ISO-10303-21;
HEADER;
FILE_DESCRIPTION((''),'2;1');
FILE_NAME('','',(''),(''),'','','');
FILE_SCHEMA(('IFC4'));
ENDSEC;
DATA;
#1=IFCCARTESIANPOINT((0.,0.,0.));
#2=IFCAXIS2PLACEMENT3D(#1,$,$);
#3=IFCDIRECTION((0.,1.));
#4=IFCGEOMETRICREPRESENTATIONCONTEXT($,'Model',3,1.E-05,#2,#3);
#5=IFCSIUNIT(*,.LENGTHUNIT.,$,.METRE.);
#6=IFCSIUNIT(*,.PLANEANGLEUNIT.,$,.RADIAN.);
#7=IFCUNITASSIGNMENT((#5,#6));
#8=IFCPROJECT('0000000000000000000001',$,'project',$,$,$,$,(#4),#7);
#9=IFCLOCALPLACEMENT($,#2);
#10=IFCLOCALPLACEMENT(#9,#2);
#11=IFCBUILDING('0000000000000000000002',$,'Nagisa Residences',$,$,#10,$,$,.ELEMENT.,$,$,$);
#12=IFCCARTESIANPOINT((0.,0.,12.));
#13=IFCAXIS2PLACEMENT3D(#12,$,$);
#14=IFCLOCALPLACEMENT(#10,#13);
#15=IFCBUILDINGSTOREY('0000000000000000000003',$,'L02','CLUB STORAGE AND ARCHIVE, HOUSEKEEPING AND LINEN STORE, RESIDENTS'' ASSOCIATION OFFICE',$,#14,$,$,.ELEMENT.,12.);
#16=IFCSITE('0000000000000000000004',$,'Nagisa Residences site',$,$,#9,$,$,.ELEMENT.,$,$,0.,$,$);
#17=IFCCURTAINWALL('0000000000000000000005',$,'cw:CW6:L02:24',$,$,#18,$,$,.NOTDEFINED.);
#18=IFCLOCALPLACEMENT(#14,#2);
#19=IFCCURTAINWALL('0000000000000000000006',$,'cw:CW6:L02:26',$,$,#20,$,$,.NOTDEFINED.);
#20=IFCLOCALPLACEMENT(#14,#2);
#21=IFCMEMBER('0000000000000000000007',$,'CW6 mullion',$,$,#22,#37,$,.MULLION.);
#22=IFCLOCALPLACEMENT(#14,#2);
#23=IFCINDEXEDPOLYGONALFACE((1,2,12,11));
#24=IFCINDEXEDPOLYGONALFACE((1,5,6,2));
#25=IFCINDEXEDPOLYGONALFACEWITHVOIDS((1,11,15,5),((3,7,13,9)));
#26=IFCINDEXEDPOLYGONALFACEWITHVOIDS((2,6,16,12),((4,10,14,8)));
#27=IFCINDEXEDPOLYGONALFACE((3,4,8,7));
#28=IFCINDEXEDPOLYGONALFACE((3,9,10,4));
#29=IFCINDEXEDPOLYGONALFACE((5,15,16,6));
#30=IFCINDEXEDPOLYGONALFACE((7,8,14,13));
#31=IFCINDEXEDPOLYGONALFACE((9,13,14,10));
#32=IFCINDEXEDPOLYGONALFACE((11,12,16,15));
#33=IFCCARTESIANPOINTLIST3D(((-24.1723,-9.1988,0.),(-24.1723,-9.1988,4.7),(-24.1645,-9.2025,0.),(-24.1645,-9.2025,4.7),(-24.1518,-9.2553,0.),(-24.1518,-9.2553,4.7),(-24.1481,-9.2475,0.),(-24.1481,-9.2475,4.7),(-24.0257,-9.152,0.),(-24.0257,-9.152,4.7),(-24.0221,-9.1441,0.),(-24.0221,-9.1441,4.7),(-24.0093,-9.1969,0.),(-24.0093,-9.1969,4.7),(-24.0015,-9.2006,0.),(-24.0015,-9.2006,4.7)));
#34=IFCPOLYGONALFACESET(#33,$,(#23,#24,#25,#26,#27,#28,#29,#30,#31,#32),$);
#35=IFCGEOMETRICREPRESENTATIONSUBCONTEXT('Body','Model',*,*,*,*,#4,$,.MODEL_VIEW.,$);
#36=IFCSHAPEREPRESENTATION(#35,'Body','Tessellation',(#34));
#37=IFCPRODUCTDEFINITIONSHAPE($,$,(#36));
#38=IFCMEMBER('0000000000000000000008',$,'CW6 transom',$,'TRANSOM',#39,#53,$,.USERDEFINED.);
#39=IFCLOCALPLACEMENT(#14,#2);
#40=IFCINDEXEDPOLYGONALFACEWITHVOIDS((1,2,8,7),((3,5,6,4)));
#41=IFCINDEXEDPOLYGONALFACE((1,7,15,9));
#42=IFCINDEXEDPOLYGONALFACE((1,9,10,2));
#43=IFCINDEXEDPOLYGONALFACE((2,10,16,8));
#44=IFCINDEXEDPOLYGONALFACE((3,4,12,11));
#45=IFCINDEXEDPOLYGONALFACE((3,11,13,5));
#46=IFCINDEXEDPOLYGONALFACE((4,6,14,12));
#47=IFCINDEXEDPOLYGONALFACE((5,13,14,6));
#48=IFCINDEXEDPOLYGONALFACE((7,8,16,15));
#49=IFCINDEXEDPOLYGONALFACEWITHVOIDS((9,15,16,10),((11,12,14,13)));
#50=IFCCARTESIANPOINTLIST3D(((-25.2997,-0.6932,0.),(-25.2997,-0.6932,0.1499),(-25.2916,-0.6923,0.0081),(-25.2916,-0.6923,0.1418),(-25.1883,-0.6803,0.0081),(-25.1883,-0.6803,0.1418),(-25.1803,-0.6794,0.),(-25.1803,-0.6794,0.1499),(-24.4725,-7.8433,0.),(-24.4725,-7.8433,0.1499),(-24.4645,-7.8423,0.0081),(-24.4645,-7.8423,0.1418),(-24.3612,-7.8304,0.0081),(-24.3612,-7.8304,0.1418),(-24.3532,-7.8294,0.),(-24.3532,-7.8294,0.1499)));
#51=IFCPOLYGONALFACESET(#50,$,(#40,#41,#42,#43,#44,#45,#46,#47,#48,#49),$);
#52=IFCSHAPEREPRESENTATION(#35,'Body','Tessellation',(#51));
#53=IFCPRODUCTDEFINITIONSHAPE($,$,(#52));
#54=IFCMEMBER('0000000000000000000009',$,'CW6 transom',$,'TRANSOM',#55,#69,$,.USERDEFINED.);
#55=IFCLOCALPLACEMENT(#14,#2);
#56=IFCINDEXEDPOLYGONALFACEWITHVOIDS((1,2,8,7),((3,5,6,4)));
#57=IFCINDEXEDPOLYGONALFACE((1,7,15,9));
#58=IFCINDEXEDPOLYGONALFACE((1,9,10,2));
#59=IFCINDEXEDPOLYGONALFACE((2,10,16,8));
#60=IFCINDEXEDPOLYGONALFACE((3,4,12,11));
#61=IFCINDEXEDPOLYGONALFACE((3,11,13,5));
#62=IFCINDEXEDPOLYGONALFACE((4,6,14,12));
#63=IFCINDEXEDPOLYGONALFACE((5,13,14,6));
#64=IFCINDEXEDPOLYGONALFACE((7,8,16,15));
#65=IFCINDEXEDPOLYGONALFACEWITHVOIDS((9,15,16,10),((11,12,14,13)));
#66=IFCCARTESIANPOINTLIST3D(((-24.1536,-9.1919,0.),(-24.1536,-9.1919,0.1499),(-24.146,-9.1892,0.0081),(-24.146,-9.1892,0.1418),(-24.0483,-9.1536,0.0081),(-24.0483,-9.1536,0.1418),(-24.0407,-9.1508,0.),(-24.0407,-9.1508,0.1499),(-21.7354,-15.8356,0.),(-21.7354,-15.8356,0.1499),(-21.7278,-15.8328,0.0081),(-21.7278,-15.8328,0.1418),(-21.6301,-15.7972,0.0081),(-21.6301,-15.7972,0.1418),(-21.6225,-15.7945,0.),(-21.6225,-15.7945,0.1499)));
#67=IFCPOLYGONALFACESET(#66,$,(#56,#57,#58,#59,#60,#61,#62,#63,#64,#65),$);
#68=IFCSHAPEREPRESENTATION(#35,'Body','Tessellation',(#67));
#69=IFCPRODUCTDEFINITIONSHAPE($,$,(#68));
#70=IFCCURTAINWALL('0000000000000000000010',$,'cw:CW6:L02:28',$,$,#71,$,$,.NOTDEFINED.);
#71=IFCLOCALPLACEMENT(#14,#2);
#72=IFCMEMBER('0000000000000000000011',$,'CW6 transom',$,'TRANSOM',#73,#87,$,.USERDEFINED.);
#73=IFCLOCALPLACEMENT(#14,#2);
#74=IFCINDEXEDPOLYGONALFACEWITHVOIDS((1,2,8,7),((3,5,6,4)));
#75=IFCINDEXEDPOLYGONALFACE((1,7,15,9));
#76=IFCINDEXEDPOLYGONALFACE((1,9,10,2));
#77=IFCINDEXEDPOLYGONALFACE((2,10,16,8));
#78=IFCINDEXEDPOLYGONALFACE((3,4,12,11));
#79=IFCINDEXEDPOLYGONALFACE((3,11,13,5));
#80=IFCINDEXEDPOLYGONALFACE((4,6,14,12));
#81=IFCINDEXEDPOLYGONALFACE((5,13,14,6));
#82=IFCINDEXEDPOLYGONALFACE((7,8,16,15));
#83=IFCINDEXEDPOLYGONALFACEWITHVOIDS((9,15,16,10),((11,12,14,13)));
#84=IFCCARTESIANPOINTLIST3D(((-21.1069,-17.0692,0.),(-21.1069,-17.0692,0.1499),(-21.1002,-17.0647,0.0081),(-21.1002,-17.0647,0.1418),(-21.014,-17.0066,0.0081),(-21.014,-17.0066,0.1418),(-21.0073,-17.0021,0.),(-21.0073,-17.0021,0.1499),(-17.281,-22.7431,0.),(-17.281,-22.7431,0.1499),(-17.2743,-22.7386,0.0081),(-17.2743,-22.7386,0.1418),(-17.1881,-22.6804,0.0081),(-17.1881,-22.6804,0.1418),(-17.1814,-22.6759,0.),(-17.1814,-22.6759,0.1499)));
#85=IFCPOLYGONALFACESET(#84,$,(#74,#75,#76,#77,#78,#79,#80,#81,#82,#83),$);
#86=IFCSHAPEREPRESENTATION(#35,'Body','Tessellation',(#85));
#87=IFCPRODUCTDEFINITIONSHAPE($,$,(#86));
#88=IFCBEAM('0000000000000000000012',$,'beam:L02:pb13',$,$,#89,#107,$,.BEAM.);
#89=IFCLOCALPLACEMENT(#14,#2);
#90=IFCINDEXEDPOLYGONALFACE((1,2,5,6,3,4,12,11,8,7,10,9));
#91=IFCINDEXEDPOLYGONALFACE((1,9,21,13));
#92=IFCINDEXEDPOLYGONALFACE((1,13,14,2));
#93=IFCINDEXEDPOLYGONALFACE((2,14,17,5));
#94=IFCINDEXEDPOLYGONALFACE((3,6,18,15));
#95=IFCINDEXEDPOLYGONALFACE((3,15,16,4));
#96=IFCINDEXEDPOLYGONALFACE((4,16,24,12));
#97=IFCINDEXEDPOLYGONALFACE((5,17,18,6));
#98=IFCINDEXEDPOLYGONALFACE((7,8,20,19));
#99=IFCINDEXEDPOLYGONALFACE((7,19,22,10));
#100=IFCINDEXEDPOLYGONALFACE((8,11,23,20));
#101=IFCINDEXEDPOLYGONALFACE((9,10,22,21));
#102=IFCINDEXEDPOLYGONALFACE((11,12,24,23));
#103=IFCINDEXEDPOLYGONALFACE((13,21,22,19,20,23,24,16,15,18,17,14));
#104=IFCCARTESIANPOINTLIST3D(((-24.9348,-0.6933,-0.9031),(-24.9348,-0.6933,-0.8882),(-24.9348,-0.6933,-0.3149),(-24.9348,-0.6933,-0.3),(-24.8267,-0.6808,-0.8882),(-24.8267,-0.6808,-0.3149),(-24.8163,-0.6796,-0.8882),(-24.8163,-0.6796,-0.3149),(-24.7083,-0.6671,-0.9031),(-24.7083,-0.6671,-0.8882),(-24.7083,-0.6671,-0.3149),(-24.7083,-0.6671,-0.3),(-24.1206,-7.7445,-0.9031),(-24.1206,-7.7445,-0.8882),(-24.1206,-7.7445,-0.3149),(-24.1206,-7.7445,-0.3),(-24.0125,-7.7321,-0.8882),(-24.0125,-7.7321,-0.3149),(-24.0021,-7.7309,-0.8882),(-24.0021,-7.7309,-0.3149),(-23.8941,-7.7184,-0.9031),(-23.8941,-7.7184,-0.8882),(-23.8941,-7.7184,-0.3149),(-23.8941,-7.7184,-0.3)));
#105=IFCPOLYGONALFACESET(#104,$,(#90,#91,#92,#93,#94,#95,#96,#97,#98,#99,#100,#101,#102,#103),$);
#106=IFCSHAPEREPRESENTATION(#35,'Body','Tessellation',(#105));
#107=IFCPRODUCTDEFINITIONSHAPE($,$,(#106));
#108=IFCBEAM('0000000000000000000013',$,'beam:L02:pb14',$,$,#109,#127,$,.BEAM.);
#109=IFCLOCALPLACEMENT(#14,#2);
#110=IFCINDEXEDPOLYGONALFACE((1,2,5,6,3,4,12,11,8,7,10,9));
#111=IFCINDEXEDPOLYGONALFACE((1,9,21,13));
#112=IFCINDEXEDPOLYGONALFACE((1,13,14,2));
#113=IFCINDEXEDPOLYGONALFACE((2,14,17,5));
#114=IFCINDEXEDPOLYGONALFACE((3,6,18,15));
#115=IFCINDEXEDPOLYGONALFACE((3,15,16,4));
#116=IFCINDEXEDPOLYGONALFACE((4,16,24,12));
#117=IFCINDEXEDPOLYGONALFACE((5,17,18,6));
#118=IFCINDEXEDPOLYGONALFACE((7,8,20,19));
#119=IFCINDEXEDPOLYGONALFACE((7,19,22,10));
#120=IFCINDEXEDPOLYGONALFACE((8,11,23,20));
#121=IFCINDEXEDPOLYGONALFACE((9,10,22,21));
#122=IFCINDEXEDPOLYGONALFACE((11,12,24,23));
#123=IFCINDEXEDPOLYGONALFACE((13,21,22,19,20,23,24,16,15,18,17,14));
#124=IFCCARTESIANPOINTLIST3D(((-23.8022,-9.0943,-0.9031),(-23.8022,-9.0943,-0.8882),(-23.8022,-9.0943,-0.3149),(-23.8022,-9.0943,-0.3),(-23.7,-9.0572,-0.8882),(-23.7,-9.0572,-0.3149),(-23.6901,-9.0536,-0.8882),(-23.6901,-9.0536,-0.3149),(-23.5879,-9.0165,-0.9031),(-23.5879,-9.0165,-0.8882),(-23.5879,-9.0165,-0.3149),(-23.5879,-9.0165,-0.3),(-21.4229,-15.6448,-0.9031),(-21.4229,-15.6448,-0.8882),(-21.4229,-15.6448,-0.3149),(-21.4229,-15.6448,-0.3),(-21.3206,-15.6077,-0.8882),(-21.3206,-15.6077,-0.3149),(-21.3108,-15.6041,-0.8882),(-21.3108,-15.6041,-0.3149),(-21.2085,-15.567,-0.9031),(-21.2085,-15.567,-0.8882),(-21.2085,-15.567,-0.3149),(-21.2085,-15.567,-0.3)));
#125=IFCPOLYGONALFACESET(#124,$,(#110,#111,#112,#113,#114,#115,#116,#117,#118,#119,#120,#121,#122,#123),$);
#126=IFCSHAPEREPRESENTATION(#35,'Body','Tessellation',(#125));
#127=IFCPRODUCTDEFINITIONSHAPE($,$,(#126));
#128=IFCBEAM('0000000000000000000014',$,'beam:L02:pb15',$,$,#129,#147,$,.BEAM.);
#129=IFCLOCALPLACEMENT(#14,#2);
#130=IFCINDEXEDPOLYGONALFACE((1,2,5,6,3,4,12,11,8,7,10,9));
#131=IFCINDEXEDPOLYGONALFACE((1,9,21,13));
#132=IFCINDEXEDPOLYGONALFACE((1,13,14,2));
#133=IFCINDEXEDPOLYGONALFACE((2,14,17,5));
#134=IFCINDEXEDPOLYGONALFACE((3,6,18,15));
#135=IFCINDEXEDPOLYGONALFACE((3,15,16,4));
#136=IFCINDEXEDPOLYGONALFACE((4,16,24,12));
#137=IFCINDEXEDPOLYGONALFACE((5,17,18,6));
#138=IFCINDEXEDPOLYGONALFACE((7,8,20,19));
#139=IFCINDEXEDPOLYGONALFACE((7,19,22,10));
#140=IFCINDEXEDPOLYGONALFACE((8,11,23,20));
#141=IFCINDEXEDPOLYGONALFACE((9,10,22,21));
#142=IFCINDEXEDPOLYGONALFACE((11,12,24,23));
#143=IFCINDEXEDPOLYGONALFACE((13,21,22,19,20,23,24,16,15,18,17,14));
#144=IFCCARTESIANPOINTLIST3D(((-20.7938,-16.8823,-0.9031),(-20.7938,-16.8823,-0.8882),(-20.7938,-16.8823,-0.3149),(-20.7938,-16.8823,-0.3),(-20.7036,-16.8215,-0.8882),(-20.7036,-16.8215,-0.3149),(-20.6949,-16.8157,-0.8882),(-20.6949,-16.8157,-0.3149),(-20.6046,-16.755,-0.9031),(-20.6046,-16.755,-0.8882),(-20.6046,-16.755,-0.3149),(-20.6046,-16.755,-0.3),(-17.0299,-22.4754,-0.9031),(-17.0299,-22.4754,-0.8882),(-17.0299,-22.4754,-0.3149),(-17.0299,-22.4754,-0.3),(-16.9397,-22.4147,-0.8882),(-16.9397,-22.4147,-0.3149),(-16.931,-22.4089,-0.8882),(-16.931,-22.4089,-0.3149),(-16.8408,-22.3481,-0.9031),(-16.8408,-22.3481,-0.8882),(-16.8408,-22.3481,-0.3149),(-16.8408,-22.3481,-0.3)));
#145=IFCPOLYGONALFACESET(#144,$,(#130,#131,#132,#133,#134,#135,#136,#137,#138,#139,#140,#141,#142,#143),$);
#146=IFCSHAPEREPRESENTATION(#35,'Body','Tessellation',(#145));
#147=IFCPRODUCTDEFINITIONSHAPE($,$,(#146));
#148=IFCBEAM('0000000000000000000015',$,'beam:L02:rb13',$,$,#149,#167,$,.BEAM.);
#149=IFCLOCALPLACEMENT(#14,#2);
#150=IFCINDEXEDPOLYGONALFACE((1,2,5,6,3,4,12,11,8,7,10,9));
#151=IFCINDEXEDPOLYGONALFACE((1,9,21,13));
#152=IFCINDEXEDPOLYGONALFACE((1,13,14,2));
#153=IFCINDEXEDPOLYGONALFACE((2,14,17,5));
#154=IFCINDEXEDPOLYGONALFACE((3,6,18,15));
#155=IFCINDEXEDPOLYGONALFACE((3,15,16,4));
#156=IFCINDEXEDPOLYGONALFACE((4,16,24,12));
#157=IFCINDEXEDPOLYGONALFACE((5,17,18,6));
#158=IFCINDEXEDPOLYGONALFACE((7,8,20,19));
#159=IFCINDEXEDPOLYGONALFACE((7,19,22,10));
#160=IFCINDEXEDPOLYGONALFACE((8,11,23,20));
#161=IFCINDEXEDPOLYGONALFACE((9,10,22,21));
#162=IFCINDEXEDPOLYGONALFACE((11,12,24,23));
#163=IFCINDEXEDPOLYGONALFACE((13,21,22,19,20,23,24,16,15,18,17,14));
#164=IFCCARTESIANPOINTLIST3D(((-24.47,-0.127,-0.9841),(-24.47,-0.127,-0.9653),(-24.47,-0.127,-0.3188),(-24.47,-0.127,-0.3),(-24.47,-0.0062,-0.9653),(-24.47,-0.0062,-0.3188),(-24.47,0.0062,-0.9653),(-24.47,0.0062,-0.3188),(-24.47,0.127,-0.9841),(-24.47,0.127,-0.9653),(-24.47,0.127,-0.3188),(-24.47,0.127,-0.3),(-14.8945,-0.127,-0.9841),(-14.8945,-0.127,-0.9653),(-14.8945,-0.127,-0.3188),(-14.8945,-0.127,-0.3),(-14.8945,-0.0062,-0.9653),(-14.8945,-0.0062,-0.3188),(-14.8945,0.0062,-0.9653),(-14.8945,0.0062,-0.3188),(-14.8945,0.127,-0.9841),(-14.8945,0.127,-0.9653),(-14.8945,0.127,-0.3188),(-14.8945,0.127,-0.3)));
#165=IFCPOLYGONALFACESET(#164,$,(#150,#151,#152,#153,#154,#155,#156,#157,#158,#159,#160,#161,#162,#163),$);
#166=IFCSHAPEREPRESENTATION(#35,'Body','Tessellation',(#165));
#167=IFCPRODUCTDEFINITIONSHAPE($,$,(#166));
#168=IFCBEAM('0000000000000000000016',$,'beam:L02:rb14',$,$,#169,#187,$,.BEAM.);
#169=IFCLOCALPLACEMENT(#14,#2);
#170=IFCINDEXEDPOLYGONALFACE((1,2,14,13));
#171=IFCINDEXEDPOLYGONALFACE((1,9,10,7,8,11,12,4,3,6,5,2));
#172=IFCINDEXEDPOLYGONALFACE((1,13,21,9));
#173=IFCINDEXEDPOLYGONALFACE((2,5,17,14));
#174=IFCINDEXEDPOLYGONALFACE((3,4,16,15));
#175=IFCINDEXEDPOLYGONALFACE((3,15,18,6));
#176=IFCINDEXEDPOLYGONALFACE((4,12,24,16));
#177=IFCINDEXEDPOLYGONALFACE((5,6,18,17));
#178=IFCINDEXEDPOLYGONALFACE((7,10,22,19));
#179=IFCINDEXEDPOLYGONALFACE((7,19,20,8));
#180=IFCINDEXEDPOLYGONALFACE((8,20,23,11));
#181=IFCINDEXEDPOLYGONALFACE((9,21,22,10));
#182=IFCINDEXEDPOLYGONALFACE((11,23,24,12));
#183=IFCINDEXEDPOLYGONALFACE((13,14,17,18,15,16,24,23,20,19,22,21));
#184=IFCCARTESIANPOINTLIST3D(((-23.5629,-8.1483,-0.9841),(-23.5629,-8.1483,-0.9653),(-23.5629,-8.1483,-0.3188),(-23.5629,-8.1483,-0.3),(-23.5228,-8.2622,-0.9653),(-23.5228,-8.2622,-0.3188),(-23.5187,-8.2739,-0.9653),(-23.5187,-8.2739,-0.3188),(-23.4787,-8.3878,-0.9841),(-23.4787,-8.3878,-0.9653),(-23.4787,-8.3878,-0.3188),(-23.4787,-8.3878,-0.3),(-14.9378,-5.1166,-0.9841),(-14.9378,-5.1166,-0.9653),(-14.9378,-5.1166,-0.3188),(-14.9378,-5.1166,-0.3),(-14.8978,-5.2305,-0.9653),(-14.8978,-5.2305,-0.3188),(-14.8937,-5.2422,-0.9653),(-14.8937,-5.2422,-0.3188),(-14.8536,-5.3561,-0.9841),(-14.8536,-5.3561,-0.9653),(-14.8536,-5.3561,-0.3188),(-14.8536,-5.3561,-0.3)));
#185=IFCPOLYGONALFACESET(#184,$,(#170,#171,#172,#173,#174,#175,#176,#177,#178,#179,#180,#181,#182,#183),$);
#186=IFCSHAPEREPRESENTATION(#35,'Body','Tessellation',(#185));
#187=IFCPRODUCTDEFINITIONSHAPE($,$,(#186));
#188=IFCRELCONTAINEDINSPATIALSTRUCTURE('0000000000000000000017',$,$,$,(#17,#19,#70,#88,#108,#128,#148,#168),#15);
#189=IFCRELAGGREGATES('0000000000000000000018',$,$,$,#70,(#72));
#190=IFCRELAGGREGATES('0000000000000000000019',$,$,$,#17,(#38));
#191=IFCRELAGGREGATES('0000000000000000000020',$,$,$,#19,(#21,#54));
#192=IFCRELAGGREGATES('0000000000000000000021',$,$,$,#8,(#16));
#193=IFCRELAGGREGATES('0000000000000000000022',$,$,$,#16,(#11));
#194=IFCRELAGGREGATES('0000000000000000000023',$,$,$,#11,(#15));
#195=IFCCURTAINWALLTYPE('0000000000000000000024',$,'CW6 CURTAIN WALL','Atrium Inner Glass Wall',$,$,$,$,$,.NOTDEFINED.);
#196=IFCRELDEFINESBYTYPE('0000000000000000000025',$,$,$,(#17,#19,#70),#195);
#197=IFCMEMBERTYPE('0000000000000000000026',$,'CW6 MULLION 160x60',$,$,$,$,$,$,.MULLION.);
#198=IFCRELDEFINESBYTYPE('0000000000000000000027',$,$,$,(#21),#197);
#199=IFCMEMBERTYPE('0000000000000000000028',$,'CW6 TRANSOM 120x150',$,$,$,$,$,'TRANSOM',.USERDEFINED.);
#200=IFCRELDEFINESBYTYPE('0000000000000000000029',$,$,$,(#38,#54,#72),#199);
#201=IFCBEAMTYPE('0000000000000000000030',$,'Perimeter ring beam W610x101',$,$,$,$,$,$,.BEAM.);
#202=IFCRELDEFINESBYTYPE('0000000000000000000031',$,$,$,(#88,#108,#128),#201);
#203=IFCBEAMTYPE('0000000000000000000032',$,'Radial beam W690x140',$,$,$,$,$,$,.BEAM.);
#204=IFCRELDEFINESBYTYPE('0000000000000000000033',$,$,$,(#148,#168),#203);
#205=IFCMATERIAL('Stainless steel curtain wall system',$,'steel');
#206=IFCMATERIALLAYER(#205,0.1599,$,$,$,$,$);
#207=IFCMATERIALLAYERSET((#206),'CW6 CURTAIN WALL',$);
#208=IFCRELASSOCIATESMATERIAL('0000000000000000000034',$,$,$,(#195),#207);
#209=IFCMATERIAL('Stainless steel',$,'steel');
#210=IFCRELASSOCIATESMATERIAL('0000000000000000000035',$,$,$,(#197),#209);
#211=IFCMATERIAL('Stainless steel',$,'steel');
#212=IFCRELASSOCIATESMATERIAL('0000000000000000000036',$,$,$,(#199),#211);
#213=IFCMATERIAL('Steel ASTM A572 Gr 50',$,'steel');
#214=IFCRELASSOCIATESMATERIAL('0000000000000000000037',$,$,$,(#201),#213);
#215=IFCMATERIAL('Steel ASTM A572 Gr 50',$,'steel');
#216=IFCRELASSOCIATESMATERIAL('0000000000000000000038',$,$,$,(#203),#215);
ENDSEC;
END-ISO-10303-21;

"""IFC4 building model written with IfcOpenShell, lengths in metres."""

from ifc_helpers import new_model, si_unit, direction, frame, origin, origin_2d, place, context, subcontext, project, spatial, hollow_rectangle, i_section, extrude, material, layer, layer_set, material_profile, profile_set, type_object, element, aggregate, save


model = new_model("IFC4")

# Units and contexts
model_context = context("Model", 3, precision=1e-05, world=origin(), true_north=direction((0.0, 1.0)))
body_context = subcontext(model_context, "Body", "Model", "MODEL_VIEW")
ifc_project = project(units=[si_unit("LENGTHUNIT", "METRE"), si_unit("PLANEANGLEUNIT", "RADIAN")], contexts=[model_context])

# Site, building, storey
site_placement = place(None, origin())
site = spatial("IfcSite", under=ifc_project, at=site_placement, Name="Nagisa Residences site", CompositionType="ELEMENT", RefElevation=0.0)
building_placement = place(site_placement, origin())
building = spatial("IfcBuilding", under=site, at=building_placement, Name="Nagisa Residences", CompositionType="ELEMENT")
storey_placement = place(building_placement, frame((0.0, 0.0, 12.0)))
storey = spatial("IfcBuildingStorey", under=building, at=storey_placement, Name="L02", Description="CLUB STORAGE AND ARCHIVE, HOUSEKEEPING AND LINEN STORE, RESIDENTS' ASSOCIATION OFFICE", CompositionType="ELEMENT", Elevation=12.0)

# Curtain walls, member
ifc_material_1 = material(Name="Stainless steel curtain wall system", Category="steel")
ifc_layer_1 = layer(ifc_material_1, 0.1599)
ifc_layer_set_1 = layer_set([ifc_layer_1], Name="CW6 CURTAIN WALL")
curtain_wall_type_1 = type_object("IfcCurtainWallType", Name="CW6 CURTAIN WALL", Description="Atrium Inner Glass Wall", PredefinedType="NOTDEFINED", material=ifc_layer_set_1)
curtain_wall_1_placement = place(storey_placement, origin())
curtain_wall_1 = element("IfcCurtainWall", 1, at=curtain_wall_1_placement, inside=storey, type_object=curtain_wall_type_1, Name="cw:CW6:L02:24", PredefinedType="NOTDEFINED")
ifc_material_2 = material(Name="Stainless steel", Category="steel")
ifc_material_profile_1 = material_profile(ifc_material_2, hollow_rectangle(XDim=0.1599, YDim=0.0601, WallThickness=0.0061, at=origin_2d()), Name="CW6 MULLION 160x60")
ifc_profile_set_1 = profile_set([ifc_material_profile_1], Name="Stainless steel")
member_type_1 = type_object("IfcMemberType", Name="CW6 MULLION 160x60", PredefinedType="MULLION", material=ifc_profile_set_1)
curtain_wall_2_placement = place(storey_placement, origin())
curtain_wall_2 = element("IfcCurtainWall", 2, at=curtain_wall_2_placement, inside=storey, type_object=curtain_wall_type_1, Name="cw:CW6:L02:26", PredefinedType="NOTDEFINED")
member_1_placement = place(storey_placement, frame((-24.0869, -9.1997, 0.0), z_axis=(0.0, 0.0, 1.0), x_axis=(0.939682, 0.34205, 0.0)))
member_1 = element("IfcMember", 3, at=member_1_placement, type_object=member_type_1, Name="CW6 mullion", PredefinedType="MULLION", context=body_context, shape_type="SweptSolid", body=[
    extrude(hollow_rectangle(XDim=0.1599, YDim=0.0601, WallThickness=0.0061, at=origin_2d()), origin(), (0.0, 0.0, 1.0), 4.7),
])

# Members
ifc_material_3 = material(Name="Stainless steel", Category="steel")
ifc_material_profile_2 = material_profile(ifc_material_3, hollow_rectangle(XDim=0.1201, YDim=0.1499, WallThickness=0.0081, at=origin_2d()), Name="CW6 TRANSOM 120x150")
ifc_profile_set_2 = profile_set([ifc_material_profile_2], Name="Stainless steel")
member_type_2 = type_object("IfcMemberType", Name="CW6 TRANSOM 120x150", ElementType="TRANSOM", PredefinedType="USERDEFINED", material=ifc_profile_set_2)
member_2_placement = place(storey_placement, frame((-25.24, -0.6863, 0.075), z_axis=(0.114916, -0.993375, 0.0), x_axis=(0.993375, 0.114916, 0.0)))
member_2 = element("IfcMember", 4, at=member_2_placement, type_object=member_type_2, Name="CW6 transom", ObjectType="TRANSOM", PredefinedType="USERDEFINED", context=body_context, shape_type="SweptSolid", body=[
    extrude(hollow_rectangle(XDim=0.1201, YDim=0.1499, WallThickness=0.0081, at=origin_2d()), origin(), (0.0, 0.0, 1.0), 7.1978),
])
member_3_placement = place(storey_placement, frame((-24.0972, -9.1714, 0.075), z_axis=(0.34204, -0.939685, 0.0), x_axis=(0.939685, 0.34204, 0.0)))
member_3 = element("IfcMember", 5, at=member_3_placement, type_object=member_type_2, Name="CW6 transom", ObjectType="TRANSOM", PredefinedType="USERDEFINED", context=body_context, shape_type="SweptSolid", body=[
    extrude(hollow_rectangle(XDim=0.1201, YDim=0.1499, WallThickness=0.0081, at=origin_2d()), origin(), (0.0, 0.0, 1.0), 7.0701),
])

# Curtain wall, member
curtain_wall_3_placement = place(storey_placement, origin())
curtain_wall_3 = element("IfcCurtainWall", 6, at=curtain_wall_3_placement, inside=storey, type_object=curtain_wall_type_1, Name="cw:CW6:L02:28", PredefinedType="NOTDEFINED")
member_4_placement = place(storey_placement, frame((-21.0571, -17.0356, 0.075), z_axis=(0.559081, -0.829113, 0.0), x_axis=(0.829113, 0.559081, 0.0)))
member_4 = element("IfcMember", 7, at=member_4_placement, type_object=member_type_2, Name="CW6 transom", ObjectType="TRANSOM", PredefinedType="USERDEFINED", context=body_context, shape_type="SweptSolid", body=[
    extrude(hollow_rectangle(XDim=0.1201, YDim=0.1499, WallThickness=0.0081, at=origin_2d()), origin(), (0.0, 0.0, 1.0), 6.8433),
])
aggregate(curtain_wall_3, [member_4])

# Beams
ifc_material_4 = material(Name="Steel ASTM A572 Gr 50", Category="steel")
ifc_material_profile_3 = material_profile(ifc_material_4, i_section(OverallWidth=0.228, OverallDepth=0.603, WebThickness=0.0105, FlangeThickness=0.0149, at=origin_2d()), Name="W610x101")
ifc_profile_set_3 = profile_set([ifc_material_profile_3], Name="Steel ASTM A572 Gr 50")
beam_type_1 = type_object("IfcBeamType", Name="Perimeter ring beam W610x101", PredefinedType="BEAM", material=ifc_profile_set_3)
beam_1_placement = place(storey_placement, frame((-24.8215, -0.6802, -0.6016), z_axis=(0.114708, -0.993399, 0.0), x_axis=(0.993399, 0.114708, 0.0)))
element("IfcBeam", 8, at=beam_1_placement, inside=storey, type_object=beam_type_1, Name="beam:L02:pb13", PredefinedType="BEAM", context=body_context, shape_type="SweptSolid", body=[
    extrude(i_section(OverallWidth=0.228, OverallDepth=0.603, WebThickness=0.0105, FlangeThickness=0.0149, at=origin_2d()), origin(), (0.0, 0.0, 1.0), 7.0981),
])
beam_2_placement = place(storey_placement, frame((-23.6951, -9.0554, -0.6016), z_axis=(0.341411, -0.939914, 0.0), x_axis=(0.939914, 0.341411, 0.0)))
element("IfcBeam", 9, at=beam_2_placement, inside=storey, type_object=beam_type_1, Name="beam:L02:pb14", PredefinedType="BEAM", context=body_context, shape_type="SweptSolid", body=[
    extrude(i_section(OverallWidth=0.228, OverallDepth=0.603, WebThickness=0.0105, FlangeThickness=0.0149, at=origin_2d()), origin(), (0.0, 0.0, 1.0), 6.9692),
])
beam_3_placement = place(storey_placement, frame((-20.6992, -16.8186, -0.6016), z_axis=(0.558297, -0.829641, 0.0), x_axis=(0.829641, 0.558297, 0.0)))
element("IfcBeam", 10, at=beam_3_placement, inside=storey, type_object=beam_type_1, Name="beam:L02:pb15", PredefinedType="BEAM", context=body_context, shape_type="SweptSolid", body=[
    extrude(i_section(OverallWidth=0.228, OverallDepth=0.603, WebThickness=0.0105, FlangeThickness=0.0149, at=origin_2d()), origin(), (0.0, 0.0, 1.0), 6.7417),
])
ifc_material_5 = material(Name="Steel ASTM A572 Gr 50", Category="steel")
ifc_material_profile_4 = material_profile(ifc_material_5, i_section(OverallWidth=0.2539, OverallDepth=0.6841, WebThickness=0.0125, FlangeThickness=0.0188, at=origin_2d()), Name="W690x140")
ifc_profile_set_4 = profile_set([ifc_material_profile_4], Name="Steel ASTM A572 Gr 50")
beam_type_2 = type_object("IfcBeamType", Name="Radial beam W690x140", PredefinedType="BEAM", material=ifc_profile_set_4)
beam_4_placement = place(storey_placement, frame((-24.47, 0.0, -0.6421), z_axis=(1.0, 0.0, 0.0), x_axis=(0.0, 1.0, 0.0)))
element("IfcBeam", 11, at=beam_4_placement, inside=storey, type_object=beam_type_2, Name="beam:L02:rb13", PredefinedType="BEAM", context=body_context, shape_type="SweptSolid", body=[
    extrude(i_section(OverallWidth=0.2539, OverallDepth=0.6841, WebThickness=0.0125, FlangeThickness=0.0188, at=origin_2d()), origin(), (0.0, 0.0, 1.0), 9.5754),
])
beam_5_placement = place(storey_placement, frame((-23.5208, -8.2681, -0.6421), z_axis=(0.943415, 0.331616, 0.0), x_axis=(-0.331616, 0.943415, 0.0)))
element("IfcBeam", 12, at=beam_5_placement, inside=storey, type_object=beam_type_2, Name="beam:L02:rb14", PredefinedType="BEAM", context=body_context, shape_type="SweptSolid", body=[
    extrude(i_section(OverallWidth=0.2539, OverallDepth=0.6841, WebThickness=0.0125, FlangeThickness=0.0188, at=origin_2d()), origin(), (0.0, 0.0, 1.0), 9.1423),
])

aggregate(curtain_wall_1, [member_2])
aggregate(curtain_wall_2, [member_1, member_3])

save(model, "model.ifc")
